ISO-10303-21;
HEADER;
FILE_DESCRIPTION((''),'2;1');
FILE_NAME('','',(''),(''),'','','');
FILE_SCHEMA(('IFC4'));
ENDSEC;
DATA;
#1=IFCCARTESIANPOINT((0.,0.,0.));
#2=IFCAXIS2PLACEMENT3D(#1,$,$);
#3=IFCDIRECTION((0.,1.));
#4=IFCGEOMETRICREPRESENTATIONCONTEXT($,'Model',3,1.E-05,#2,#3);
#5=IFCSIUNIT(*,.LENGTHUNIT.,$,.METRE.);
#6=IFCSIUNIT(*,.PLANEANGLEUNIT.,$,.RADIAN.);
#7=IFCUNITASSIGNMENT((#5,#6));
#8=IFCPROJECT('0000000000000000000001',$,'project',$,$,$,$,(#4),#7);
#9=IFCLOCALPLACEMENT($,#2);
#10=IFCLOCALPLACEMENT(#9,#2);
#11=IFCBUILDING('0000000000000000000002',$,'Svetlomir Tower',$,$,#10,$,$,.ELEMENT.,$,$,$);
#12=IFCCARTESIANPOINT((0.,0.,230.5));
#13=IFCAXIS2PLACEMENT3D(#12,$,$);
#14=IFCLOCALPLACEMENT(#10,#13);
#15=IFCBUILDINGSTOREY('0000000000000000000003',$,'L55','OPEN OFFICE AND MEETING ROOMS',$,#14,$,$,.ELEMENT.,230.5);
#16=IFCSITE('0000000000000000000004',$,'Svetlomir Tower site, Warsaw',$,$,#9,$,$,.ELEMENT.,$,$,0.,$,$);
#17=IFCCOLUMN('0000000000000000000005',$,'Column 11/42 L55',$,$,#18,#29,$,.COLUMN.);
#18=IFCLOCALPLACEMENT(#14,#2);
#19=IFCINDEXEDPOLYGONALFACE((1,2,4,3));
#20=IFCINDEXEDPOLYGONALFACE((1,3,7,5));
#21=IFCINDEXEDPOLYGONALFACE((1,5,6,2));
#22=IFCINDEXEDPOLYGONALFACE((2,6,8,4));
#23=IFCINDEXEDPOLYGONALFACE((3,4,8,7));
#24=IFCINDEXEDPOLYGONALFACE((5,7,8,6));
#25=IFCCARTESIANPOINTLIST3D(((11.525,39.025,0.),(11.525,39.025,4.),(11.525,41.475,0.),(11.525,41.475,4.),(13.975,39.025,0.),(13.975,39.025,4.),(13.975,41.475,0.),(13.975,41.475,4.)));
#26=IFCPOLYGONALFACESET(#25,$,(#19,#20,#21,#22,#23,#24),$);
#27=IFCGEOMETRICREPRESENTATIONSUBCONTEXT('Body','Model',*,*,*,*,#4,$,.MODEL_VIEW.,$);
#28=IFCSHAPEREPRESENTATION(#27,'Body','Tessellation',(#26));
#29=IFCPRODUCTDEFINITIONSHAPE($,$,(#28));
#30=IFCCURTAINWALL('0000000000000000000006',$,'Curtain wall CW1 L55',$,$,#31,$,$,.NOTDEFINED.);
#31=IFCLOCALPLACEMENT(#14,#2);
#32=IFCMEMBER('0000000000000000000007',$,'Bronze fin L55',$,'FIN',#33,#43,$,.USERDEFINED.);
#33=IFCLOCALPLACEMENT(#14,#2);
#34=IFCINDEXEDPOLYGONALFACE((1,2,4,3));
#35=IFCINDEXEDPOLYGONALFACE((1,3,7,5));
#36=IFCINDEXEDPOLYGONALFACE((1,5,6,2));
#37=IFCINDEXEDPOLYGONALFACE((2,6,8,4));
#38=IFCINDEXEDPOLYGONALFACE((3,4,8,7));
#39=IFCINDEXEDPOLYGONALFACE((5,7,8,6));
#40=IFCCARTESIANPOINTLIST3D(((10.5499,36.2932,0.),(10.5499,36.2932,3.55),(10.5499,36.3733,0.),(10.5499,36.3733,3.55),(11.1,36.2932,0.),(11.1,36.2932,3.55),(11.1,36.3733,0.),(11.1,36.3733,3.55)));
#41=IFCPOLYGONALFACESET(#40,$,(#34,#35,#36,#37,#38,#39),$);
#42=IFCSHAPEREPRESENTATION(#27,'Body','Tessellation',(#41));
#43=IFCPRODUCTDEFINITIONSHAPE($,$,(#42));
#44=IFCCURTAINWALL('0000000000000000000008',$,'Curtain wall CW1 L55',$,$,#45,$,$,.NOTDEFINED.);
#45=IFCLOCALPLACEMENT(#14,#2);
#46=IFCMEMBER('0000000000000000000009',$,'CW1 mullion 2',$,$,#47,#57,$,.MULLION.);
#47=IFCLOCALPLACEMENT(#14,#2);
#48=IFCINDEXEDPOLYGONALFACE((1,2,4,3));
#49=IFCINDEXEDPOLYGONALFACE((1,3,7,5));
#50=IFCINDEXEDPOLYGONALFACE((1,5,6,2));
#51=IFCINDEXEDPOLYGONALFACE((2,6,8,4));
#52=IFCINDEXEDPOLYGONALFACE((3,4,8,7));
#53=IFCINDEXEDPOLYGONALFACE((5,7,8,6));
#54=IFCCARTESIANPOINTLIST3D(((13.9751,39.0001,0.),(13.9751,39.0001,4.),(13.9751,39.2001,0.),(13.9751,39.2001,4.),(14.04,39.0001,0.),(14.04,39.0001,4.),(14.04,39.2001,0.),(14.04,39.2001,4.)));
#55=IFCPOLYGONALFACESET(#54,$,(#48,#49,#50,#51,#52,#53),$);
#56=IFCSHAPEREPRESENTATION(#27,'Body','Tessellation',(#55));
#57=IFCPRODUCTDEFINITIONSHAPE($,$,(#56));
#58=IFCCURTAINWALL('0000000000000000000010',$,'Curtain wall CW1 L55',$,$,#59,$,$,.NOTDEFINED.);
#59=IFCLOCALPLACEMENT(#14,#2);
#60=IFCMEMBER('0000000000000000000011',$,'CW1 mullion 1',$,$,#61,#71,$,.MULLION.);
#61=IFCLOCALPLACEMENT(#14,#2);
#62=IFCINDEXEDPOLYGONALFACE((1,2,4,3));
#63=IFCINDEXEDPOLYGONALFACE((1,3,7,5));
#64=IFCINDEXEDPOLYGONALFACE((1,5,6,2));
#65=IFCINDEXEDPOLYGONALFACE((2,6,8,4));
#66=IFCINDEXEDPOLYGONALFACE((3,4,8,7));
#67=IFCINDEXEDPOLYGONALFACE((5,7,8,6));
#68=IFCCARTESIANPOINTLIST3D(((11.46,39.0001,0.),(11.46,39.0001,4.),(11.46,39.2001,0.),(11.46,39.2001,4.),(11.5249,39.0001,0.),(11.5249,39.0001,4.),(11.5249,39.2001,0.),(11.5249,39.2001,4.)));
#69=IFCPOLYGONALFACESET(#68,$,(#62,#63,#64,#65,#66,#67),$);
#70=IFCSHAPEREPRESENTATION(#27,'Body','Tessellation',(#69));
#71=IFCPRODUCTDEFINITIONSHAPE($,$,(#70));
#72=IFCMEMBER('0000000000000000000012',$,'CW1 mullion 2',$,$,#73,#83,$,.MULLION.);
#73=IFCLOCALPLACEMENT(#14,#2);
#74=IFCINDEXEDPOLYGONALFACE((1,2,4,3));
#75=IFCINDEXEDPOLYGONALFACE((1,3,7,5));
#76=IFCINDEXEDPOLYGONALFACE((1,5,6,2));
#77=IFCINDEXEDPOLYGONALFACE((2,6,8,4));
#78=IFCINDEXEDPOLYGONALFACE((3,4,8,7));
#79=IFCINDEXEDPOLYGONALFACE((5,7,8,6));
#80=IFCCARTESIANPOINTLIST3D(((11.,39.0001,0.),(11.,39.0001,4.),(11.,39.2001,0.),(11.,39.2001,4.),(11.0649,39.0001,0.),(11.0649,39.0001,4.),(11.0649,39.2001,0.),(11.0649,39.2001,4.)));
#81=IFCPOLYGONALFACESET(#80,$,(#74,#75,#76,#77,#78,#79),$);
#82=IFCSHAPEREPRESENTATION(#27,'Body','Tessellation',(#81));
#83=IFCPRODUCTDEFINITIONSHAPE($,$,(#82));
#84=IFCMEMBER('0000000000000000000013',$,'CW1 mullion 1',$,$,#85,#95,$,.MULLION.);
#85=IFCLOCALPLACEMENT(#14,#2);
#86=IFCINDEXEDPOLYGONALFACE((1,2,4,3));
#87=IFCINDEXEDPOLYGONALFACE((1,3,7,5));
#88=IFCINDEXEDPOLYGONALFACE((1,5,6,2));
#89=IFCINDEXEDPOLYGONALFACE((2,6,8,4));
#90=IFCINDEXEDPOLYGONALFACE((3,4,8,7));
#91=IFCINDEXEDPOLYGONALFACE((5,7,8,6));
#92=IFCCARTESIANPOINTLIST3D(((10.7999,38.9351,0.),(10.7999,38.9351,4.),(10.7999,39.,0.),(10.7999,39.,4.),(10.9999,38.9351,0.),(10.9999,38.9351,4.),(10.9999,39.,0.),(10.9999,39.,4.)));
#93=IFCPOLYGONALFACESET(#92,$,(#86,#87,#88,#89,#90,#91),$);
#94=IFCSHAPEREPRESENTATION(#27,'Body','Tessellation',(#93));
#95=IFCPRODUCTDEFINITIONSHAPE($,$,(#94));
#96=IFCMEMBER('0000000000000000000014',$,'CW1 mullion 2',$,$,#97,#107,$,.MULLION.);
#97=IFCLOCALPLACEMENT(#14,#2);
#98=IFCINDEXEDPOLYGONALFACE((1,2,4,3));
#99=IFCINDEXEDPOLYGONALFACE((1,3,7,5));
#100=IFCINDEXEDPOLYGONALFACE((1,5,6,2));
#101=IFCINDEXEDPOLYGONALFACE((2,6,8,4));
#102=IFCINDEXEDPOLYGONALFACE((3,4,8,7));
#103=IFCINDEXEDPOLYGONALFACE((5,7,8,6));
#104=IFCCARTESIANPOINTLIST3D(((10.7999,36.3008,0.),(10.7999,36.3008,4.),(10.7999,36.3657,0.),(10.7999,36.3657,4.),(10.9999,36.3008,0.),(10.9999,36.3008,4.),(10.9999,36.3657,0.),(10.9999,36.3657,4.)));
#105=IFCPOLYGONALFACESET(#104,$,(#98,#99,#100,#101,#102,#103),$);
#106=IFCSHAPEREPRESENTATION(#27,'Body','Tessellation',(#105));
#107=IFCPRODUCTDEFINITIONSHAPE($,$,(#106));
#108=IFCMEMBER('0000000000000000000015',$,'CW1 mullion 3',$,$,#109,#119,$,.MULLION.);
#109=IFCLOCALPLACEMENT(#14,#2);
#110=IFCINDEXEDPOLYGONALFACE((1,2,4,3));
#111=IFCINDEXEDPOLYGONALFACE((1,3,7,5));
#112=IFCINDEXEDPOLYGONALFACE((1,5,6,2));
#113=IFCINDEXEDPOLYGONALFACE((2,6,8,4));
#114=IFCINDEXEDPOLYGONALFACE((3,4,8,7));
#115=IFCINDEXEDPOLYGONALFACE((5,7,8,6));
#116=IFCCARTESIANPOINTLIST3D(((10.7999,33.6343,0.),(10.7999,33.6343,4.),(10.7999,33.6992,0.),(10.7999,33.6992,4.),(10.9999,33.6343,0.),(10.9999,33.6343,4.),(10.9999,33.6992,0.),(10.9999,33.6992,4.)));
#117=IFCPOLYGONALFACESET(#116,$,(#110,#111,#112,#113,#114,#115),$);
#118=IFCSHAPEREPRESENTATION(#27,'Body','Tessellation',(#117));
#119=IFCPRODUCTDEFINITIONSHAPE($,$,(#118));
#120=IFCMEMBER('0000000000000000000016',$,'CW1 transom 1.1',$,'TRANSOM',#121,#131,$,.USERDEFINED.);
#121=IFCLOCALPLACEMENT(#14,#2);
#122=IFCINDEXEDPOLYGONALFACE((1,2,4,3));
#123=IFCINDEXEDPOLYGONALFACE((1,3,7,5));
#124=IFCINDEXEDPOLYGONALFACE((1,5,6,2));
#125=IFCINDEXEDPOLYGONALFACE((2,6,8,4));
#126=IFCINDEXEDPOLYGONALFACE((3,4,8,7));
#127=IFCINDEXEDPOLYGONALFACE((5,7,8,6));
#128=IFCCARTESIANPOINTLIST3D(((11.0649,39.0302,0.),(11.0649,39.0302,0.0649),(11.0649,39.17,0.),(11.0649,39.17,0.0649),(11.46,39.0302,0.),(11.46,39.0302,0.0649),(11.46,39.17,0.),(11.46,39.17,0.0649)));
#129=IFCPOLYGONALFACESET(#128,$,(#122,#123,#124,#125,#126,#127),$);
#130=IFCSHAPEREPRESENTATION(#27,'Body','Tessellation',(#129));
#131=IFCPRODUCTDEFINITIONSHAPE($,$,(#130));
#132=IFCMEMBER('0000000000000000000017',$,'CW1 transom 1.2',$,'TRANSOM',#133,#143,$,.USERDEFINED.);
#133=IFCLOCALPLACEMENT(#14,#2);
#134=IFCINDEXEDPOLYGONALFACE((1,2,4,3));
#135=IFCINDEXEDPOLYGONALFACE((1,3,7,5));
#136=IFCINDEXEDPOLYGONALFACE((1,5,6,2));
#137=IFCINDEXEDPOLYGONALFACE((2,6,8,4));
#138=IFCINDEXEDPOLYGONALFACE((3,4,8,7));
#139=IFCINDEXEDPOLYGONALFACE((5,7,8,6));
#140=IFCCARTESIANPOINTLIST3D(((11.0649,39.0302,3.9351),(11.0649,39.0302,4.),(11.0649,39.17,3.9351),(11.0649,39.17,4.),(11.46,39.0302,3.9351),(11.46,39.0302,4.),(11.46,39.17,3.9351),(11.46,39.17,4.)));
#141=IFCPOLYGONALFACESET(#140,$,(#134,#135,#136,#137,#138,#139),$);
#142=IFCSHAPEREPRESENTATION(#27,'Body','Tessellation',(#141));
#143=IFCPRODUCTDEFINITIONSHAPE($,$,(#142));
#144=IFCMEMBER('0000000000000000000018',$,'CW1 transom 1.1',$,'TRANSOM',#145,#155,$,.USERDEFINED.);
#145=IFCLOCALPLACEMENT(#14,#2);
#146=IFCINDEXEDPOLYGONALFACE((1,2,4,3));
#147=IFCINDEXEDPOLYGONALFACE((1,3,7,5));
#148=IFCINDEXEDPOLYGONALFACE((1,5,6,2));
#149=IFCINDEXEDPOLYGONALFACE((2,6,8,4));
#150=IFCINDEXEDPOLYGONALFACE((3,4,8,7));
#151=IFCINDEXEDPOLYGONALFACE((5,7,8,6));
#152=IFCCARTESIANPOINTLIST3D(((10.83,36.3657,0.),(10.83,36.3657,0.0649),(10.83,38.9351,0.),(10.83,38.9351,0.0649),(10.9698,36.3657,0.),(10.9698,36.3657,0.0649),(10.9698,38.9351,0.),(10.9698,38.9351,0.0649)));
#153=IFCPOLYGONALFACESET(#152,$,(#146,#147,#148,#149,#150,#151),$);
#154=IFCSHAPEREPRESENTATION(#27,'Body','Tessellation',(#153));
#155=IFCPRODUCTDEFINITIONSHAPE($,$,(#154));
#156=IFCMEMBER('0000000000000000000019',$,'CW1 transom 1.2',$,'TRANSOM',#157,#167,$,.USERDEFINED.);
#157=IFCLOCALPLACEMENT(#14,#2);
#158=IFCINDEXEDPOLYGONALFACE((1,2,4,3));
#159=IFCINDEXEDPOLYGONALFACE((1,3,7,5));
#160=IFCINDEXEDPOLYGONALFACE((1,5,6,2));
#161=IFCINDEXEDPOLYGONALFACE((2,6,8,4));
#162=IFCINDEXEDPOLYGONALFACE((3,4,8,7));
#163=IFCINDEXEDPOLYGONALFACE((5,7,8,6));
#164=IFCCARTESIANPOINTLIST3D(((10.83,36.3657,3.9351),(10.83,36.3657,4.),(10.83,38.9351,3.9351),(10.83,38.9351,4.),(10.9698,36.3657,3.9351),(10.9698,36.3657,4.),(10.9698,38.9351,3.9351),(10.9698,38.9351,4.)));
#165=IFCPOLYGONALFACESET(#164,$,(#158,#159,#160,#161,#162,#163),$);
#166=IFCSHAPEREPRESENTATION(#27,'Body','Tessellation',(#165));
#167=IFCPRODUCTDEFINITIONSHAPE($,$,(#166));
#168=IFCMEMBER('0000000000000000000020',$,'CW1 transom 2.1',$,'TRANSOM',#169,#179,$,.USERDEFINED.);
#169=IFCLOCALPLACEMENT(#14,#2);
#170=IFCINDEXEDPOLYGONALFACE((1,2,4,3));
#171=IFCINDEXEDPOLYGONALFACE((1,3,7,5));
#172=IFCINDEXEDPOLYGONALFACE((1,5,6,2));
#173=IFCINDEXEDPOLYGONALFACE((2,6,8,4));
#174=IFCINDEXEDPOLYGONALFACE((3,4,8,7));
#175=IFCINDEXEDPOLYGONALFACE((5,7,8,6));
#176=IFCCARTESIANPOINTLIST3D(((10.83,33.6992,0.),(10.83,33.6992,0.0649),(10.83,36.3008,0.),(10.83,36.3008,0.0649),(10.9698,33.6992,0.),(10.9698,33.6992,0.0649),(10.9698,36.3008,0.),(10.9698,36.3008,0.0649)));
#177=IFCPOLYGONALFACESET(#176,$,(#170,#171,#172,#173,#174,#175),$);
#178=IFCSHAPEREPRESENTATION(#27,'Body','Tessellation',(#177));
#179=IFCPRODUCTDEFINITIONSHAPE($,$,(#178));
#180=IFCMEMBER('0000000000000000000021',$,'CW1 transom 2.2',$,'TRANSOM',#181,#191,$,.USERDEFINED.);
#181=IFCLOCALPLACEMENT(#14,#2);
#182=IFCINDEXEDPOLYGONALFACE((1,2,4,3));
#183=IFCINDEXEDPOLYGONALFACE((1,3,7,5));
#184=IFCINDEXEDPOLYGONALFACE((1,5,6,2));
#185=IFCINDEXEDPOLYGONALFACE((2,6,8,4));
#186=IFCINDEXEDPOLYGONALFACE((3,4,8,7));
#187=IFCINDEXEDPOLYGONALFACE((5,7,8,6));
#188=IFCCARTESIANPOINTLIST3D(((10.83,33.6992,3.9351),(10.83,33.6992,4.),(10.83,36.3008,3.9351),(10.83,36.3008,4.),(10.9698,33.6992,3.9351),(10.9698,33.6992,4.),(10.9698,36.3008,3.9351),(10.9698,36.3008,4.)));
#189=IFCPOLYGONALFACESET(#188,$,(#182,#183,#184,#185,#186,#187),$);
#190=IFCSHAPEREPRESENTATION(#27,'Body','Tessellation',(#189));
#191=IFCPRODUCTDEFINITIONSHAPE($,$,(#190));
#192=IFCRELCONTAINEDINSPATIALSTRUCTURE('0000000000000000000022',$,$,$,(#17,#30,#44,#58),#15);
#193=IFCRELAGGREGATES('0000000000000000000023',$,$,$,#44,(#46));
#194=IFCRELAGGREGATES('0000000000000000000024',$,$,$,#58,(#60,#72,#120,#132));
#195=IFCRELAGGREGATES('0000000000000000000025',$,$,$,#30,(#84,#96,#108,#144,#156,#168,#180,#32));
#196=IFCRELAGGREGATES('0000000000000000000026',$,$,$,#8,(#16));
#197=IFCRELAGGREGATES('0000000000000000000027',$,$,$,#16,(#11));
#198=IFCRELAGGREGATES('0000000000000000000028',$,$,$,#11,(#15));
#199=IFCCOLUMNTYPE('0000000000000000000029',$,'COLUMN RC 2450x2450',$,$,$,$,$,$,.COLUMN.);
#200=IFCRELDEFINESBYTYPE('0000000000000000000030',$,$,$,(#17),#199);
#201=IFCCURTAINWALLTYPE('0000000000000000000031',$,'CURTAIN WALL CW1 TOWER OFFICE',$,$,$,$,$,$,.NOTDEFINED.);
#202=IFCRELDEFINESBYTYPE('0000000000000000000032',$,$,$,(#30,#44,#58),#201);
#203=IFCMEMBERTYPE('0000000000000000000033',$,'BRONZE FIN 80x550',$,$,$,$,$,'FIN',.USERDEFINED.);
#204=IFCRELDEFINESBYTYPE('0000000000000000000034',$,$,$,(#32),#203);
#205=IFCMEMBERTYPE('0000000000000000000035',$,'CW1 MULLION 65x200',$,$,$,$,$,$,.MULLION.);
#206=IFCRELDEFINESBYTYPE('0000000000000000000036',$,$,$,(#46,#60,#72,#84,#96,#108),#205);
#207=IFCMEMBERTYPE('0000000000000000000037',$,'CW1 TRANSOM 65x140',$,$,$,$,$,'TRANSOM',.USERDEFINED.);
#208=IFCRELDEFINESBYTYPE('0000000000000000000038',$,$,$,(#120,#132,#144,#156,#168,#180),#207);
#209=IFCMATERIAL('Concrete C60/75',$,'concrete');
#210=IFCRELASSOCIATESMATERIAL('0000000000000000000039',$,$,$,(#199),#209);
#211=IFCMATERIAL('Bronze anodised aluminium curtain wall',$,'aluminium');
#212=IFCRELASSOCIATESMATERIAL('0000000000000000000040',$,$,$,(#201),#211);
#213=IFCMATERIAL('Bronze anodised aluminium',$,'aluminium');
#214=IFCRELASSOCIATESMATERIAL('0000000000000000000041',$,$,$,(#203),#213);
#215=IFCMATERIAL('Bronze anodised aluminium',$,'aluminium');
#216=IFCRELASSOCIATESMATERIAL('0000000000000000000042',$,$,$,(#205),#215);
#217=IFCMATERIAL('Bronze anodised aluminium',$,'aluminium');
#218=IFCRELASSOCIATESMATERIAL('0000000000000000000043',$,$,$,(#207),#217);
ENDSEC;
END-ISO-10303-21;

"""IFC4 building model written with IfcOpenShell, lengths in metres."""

from ifc_helpers import new_model, si_unit, direction, frame, origin, origin_2d, place, context, subcontext, project, spatial, rectangle, extrude, material, material_profile, profile_set, type_object, element, aggregate, save


model = new_model("IFC4")

# Units and contexts
model_context = context("Model", 3, precision=1e-05, world=origin(), true_north=direction((0.0, 1.0)))
body_context = subcontext(model_context, "Body", "Model", "MODEL_VIEW")
ifc_project = project(units=[si_unit("LENGTHUNIT", "METRE"), si_unit("PLANEANGLEUNIT", "RADIAN")], contexts=[model_context])

# Site, building, storey
site_placement = place(None, origin())
site = spatial("IfcSite", under=ifc_project, at=site_placement, Name="Svetlomir Tower site, Warsaw", CompositionType="ELEMENT", RefElevation=0.0)
building_placement = place(site_placement, origin())
building = spatial("IfcBuilding", under=site, at=building_placement, Name="Svetlomir Tower", CompositionType="ELEMENT")
storey_placement = place(building_placement, frame((0.0, 0.0, 230.5)))
storey = spatial("IfcBuildingStorey", under=building, at=storey_placement, Name="L55", Description="OPEN OFFICE AND MEETING ROOMS", CompositionType="ELEMENT", Elevation=230.5)

# Column
ifc_material_1 = material(Name="Concrete C60/75", Category="concrete")
ifc_material_profile_1 = material_profile(ifc_material_1, rectangle(XDim=2.45, YDim=2.45, at=origin_2d()), Name="RC 2450x2450")
ifc_profile_set_1 = profile_set([ifc_material_profile_1], Name="Concrete C60/75")
column_type = type_object("IfcColumnType", Name="COLUMN RC 2450x2450", PredefinedType="COLUMN", material=ifc_profile_set_1)
column_placement = place(storey_placement, frame((12.75, 40.25, 0.0), z_axis=(0.0, 0.0, 1.0), x_axis=(1.0, 0.0, 0.0)))
element("IfcColumn", 1, at=column_placement, inside=storey, type_object=column_type, Name="Column 11/42 L55", PredefinedType="COLUMN", context=body_context, shape_type="SweptSolid", body=[
    extrude(rectangle(XDim=2.45, YDim=2.45, at=origin_2d()), origin(), (0.0, 0.0, 1.0), 4.0),
])

# Curtain walls, members
ifc_material_2 = material(Name="Bronze anodised aluminium curtain wall", Category="aluminium")
curtain_wall_type = type_object("IfcCurtainWallType", Name="CURTAIN WALL CW1 TOWER OFFICE", PredefinedType="NOTDEFINED", material=ifc_material_2)
curtain_wall_1_placement = place(storey_placement, origin())
curtain_wall_1 = element("IfcCurtainWall", 2, at=curtain_wall_1_placement, inside=storey, type_object=curtain_wall_type, Name="Curtain wall CW1 L55", PredefinedType="NOTDEFINED")
ifc_material_3 = material(Name="Bronze anodised aluminium", Category="aluminium")
ifc_material_profile_2 = material_profile(ifc_material_3, rectangle(XDim=0.0801, YDim=0.55, at=origin_2d()), Name="FIN 80x550")
ifc_profile_set_2 = profile_set([ifc_material_profile_2], Name="Bronze anodised aluminium 6063-T6")
member_type_1 = type_object("IfcMemberType", Name="BRONZE FIN 80x550", ElementType="FIN", PredefinedType="USERDEFINED", material=ifc_profile_set_2)
member_1_placement = place(storey_placement, frame((10.825, 36.3333, 0.0), z_axis=(0.0, 0.0, 1.0), x_axis=(0.0, 1.0, 0.0)))
member_1 = element("IfcMember", 3, at=member_1_placement, type_object=member_type_1, Name="Bronze fin L55", ObjectType="FIN", PredefinedType="USERDEFINED", context=body_context, shape_type="SweptSolid", body=[
    extrude(rectangle(XDim=0.0801, YDim=0.55, at=origin_2d()), origin(), (0.0, 0.0, 1.0), 3.55),
])
curtain_wall_2_placement = place(storey_placement, origin())
curtain_wall_2 = element("IfcCurtainWall", 4, at=curtain_wall_2_placement, inside=storey, type_object=curtain_wall_type, Name="Curtain wall CW1 L55", PredefinedType="NOTDEFINED")
ifc_material_4 = material(Name="Bronze anodised aluminium", Category="aluminium")
ifc_material_profile_3 = material_profile(ifc_material_4, rectangle(XDim=0.0649, YDim=0.2, at=origin_2d()), Name="AL 65x200")
ifc_profile_set_3 = profile_set([ifc_material_profile_3], Name="Bronze anodised aluminium 6063-T6")
member_type_2 = type_object("IfcMemberType", Name="CW1 MULLION 65x200", PredefinedType="MULLION", material=ifc_profile_set_3)
member_2_placement = place(storey_placement, frame((14.0076, 39.1001, 0.0), z_axis=(0.0, 0.0, 1.0), x_axis=(-1.0, 0.0, 0.0)))
member_2 = element("IfcMember", 5, at=member_2_placement, type_object=member_type_2, Name="CW1 mullion 2", PredefinedType="MULLION", context=body_context, shape_type="SweptSolid", body=[
    extrude(rectangle(XDim=0.0649, YDim=0.2, at=origin_2d()), origin(), (0.0, 0.0, 1.0), 4.0),
])

# Curtain wall, members
curtain_wall_3_placement = place(storey_placement, origin())
curtain_wall_3 = element("IfcCurtainWall", 6, at=curtain_wall_3_placement, inside=storey, type_object=curtain_wall_type, Name="Curtain wall CW1 L55", PredefinedType="NOTDEFINED")
member_3_placement = place(storey_placement, frame((11.4924, 39.1001, 0.0), z_axis=(0.0, 0.0, 1.0), x_axis=(-1.0, 0.0, 0.0)))
member_3 = element("IfcMember", 7, at=member_3_placement, type_object=member_type_2, Name="CW1 mullion 1", PredefinedType="MULLION", context=body_context, shape_type="SweptSolid", body=[
    extrude(rectangle(XDim=0.0649, YDim=0.2, at=origin_2d()), origin(), (0.0, 0.0, 1.0), 4.0),
])
member_4_placement = place(storey_placement, frame((11.0325, 39.1001, 0.0), z_axis=(0.0, 0.0, 1.0), x_axis=(-1.0, 0.0, 0.0)))
member_4 = element("IfcMember", 8, at=member_4_placement, type_object=member_type_2, Name="CW1 mullion 2", PredefinedType="MULLION", context=body_context, shape_type="SweptSolid", body=[
    extrude(rectangle(XDim=0.0649, YDim=0.2, at=origin_2d()), origin(), (0.0, 0.0, 1.0), 4.0),
])

# Members
member_5_placement = place(storey_placement, frame((10.8999, 38.9675, 0.0), z_axis=(0.0, 0.0, 1.0), x_axis=(0.0, -1.0, 0.0)))
member_5 = element("IfcMember", 9, at=member_5_placement, type_object=member_type_2, Name="CW1 mullion 1", PredefinedType="MULLION", context=body_context, shape_type="SweptSolid", body=[
    extrude(rectangle(XDim=0.0649, YDim=0.2, at=origin_2d()), origin(), (0.0, 0.0, 1.0), 4.0),
])
member_6_placement = place(storey_placement, frame((10.8999, 36.3333, 0.0), z_axis=(0.0, 0.0, 1.0), x_axis=(0.0, -1.0, 0.0)))
member_6 = element("IfcMember", 10, at=member_6_placement, type_object=member_type_2, Name="CW1 mullion 2", PredefinedType="MULLION", context=body_context, shape_type="SweptSolid", body=[
    extrude(rectangle(XDim=0.0649, YDim=0.2, at=origin_2d()), origin(), (0.0, 0.0, 1.0), 4.0),
])
member_7_placement = place(storey_placement, frame((10.8999, 33.6667, 0.0), z_axis=(0.0, 0.0, 1.0), x_axis=(0.0, -1.0, 0.0)))
member_7 = element("IfcMember", 11, at=member_7_placement, type_object=member_type_2, Name="CW1 mullion 3", PredefinedType="MULLION", context=body_context, shape_type="SweptSolid", body=[
    extrude(rectangle(XDim=0.0649, YDim=0.2, at=origin_2d()), origin(), (0.0, 0.0, 1.0), 4.0),
])
ifc_material_5 = material(Name="Bronze anodised aluminium", Category="aluminium")
ifc_material_profile_4 = material_profile(ifc_material_5, rectangle(XDim=0.1399, YDim=0.0649, at=origin_2d()), Name="AL 140x65")
ifc_profile_set_4 = profile_set([ifc_material_profile_4], Name="Bronze anodised aluminium 6063-T6")
member_type_3 = type_object("IfcMemberType", Name="CW1 TRANSOM 65x140", ElementType="TRANSOM", PredefinedType="USERDEFINED", material=ifc_profile_set_4)
member_8_placement = place(storey_placement, frame((11.46, 39.1001, 0.0325), z_axis=(-1.0, 0.0, 0.0), x_axis=(0.0, -1.0, 0.0)))
member_8 = element("IfcMember", 12, at=member_8_placement, type_object=member_type_3, Name="CW1 transom 1.1", ObjectType="TRANSOM", PredefinedType="USERDEFINED", context=body_context, shape_type="SweptSolid", body=[
    extrude(rectangle(XDim=0.1399, YDim=0.0649, at=origin_2d()), origin(), (0.0, 0.0, 1.0), 0.395),
])
member_9_placement = place(storey_placement, frame((11.46, 39.1001, 3.9675), z_axis=(-1.0, 0.0, 0.0), x_axis=(0.0, -1.0, 0.0)))
member_9 = element("IfcMember", 13, at=member_9_placement, type_object=member_type_3, Name="CW1 transom 1.2", ObjectType="TRANSOM", PredefinedType="USERDEFINED", context=body_context, shape_type="SweptSolid", body=[
    extrude(rectangle(XDim=0.1399, YDim=0.0649, at=origin_2d()), origin(), (0.0, 0.0, 1.0), 0.395),
])
member_10_placement = place(storey_placement, frame((10.8999, 38.9351, 0.0325), z_axis=(0.0, -1.0, 0.0), x_axis=(1.0, 0.0, 0.0)))
member_10 = element("IfcMember", 14, at=member_10_placement, type_object=member_type_3, Name="CW1 transom 1.1", ObjectType="TRANSOM", PredefinedType="USERDEFINED", context=body_context, shape_type="SweptSolid", body=[
    extrude(rectangle(XDim=0.1399, YDim=0.0649, at=origin_2d()), origin(), (0.0, 0.0, 1.0), 2.5693),
])
member_11_placement = place(storey_placement, frame((10.8999, 38.9351, 3.9675), z_axis=(0.0, -1.0, 0.0), x_axis=(1.0, 0.0, 0.0)))
member_11 = element("IfcMember", 15, at=member_11_placement, type_object=member_type_3, Name="CW1 transom 1.2", ObjectType="TRANSOM", PredefinedType="USERDEFINED", context=body_context, shape_type="SweptSolid", body=[
    extrude(rectangle(XDim=0.1399, YDim=0.0649, at=origin_2d()), origin(), (0.0, 0.0, 1.0), 2.5693),
])
member_12_placement = place(storey_placement, frame((10.8999, 36.3008, 0.0325), z_axis=(0.0, -1.0, 0.0), x_axis=(1.0, 0.0, 0.0)))
member_12 = element("IfcMember", 16, at=member_12_placement, type_object=member_type_3, Name="CW1 transom 2.1", ObjectType="TRANSOM", PredefinedType="USERDEFINED", context=body_context, shape_type="SweptSolid", body=[
    extrude(rectangle(XDim=0.1399, YDim=0.0649, at=origin_2d()), origin(), (0.0, 0.0, 1.0), 2.6016),
])
member_13_placement = place(storey_placement, frame((10.8999, 36.3008, 3.9675), z_axis=(0.0, -1.0, 0.0), x_axis=(1.0, 0.0, 0.0)))
member_13 = element("IfcMember", 17, at=member_13_placement, type_object=member_type_3, Name="CW1 transom 2.2", ObjectType="TRANSOM", PredefinedType="USERDEFINED", context=body_context, shape_type="SweptSolid", body=[
    extrude(rectangle(XDim=0.1399, YDim=0.0649, at=origin_2d()), origin(), (0.0, 0.0, 1.0), 2.6016),
])

aggregate(curtain_wall_2, [member_2])
aggregate(curtain_wall_3, [member_3, member_4, member_8, member_9])
aggregate(curtain_wall_1, [member_5, member_6, member_7, member_10, member_11, member_12, member_13, member_1])

save(model, "model.ifc")
